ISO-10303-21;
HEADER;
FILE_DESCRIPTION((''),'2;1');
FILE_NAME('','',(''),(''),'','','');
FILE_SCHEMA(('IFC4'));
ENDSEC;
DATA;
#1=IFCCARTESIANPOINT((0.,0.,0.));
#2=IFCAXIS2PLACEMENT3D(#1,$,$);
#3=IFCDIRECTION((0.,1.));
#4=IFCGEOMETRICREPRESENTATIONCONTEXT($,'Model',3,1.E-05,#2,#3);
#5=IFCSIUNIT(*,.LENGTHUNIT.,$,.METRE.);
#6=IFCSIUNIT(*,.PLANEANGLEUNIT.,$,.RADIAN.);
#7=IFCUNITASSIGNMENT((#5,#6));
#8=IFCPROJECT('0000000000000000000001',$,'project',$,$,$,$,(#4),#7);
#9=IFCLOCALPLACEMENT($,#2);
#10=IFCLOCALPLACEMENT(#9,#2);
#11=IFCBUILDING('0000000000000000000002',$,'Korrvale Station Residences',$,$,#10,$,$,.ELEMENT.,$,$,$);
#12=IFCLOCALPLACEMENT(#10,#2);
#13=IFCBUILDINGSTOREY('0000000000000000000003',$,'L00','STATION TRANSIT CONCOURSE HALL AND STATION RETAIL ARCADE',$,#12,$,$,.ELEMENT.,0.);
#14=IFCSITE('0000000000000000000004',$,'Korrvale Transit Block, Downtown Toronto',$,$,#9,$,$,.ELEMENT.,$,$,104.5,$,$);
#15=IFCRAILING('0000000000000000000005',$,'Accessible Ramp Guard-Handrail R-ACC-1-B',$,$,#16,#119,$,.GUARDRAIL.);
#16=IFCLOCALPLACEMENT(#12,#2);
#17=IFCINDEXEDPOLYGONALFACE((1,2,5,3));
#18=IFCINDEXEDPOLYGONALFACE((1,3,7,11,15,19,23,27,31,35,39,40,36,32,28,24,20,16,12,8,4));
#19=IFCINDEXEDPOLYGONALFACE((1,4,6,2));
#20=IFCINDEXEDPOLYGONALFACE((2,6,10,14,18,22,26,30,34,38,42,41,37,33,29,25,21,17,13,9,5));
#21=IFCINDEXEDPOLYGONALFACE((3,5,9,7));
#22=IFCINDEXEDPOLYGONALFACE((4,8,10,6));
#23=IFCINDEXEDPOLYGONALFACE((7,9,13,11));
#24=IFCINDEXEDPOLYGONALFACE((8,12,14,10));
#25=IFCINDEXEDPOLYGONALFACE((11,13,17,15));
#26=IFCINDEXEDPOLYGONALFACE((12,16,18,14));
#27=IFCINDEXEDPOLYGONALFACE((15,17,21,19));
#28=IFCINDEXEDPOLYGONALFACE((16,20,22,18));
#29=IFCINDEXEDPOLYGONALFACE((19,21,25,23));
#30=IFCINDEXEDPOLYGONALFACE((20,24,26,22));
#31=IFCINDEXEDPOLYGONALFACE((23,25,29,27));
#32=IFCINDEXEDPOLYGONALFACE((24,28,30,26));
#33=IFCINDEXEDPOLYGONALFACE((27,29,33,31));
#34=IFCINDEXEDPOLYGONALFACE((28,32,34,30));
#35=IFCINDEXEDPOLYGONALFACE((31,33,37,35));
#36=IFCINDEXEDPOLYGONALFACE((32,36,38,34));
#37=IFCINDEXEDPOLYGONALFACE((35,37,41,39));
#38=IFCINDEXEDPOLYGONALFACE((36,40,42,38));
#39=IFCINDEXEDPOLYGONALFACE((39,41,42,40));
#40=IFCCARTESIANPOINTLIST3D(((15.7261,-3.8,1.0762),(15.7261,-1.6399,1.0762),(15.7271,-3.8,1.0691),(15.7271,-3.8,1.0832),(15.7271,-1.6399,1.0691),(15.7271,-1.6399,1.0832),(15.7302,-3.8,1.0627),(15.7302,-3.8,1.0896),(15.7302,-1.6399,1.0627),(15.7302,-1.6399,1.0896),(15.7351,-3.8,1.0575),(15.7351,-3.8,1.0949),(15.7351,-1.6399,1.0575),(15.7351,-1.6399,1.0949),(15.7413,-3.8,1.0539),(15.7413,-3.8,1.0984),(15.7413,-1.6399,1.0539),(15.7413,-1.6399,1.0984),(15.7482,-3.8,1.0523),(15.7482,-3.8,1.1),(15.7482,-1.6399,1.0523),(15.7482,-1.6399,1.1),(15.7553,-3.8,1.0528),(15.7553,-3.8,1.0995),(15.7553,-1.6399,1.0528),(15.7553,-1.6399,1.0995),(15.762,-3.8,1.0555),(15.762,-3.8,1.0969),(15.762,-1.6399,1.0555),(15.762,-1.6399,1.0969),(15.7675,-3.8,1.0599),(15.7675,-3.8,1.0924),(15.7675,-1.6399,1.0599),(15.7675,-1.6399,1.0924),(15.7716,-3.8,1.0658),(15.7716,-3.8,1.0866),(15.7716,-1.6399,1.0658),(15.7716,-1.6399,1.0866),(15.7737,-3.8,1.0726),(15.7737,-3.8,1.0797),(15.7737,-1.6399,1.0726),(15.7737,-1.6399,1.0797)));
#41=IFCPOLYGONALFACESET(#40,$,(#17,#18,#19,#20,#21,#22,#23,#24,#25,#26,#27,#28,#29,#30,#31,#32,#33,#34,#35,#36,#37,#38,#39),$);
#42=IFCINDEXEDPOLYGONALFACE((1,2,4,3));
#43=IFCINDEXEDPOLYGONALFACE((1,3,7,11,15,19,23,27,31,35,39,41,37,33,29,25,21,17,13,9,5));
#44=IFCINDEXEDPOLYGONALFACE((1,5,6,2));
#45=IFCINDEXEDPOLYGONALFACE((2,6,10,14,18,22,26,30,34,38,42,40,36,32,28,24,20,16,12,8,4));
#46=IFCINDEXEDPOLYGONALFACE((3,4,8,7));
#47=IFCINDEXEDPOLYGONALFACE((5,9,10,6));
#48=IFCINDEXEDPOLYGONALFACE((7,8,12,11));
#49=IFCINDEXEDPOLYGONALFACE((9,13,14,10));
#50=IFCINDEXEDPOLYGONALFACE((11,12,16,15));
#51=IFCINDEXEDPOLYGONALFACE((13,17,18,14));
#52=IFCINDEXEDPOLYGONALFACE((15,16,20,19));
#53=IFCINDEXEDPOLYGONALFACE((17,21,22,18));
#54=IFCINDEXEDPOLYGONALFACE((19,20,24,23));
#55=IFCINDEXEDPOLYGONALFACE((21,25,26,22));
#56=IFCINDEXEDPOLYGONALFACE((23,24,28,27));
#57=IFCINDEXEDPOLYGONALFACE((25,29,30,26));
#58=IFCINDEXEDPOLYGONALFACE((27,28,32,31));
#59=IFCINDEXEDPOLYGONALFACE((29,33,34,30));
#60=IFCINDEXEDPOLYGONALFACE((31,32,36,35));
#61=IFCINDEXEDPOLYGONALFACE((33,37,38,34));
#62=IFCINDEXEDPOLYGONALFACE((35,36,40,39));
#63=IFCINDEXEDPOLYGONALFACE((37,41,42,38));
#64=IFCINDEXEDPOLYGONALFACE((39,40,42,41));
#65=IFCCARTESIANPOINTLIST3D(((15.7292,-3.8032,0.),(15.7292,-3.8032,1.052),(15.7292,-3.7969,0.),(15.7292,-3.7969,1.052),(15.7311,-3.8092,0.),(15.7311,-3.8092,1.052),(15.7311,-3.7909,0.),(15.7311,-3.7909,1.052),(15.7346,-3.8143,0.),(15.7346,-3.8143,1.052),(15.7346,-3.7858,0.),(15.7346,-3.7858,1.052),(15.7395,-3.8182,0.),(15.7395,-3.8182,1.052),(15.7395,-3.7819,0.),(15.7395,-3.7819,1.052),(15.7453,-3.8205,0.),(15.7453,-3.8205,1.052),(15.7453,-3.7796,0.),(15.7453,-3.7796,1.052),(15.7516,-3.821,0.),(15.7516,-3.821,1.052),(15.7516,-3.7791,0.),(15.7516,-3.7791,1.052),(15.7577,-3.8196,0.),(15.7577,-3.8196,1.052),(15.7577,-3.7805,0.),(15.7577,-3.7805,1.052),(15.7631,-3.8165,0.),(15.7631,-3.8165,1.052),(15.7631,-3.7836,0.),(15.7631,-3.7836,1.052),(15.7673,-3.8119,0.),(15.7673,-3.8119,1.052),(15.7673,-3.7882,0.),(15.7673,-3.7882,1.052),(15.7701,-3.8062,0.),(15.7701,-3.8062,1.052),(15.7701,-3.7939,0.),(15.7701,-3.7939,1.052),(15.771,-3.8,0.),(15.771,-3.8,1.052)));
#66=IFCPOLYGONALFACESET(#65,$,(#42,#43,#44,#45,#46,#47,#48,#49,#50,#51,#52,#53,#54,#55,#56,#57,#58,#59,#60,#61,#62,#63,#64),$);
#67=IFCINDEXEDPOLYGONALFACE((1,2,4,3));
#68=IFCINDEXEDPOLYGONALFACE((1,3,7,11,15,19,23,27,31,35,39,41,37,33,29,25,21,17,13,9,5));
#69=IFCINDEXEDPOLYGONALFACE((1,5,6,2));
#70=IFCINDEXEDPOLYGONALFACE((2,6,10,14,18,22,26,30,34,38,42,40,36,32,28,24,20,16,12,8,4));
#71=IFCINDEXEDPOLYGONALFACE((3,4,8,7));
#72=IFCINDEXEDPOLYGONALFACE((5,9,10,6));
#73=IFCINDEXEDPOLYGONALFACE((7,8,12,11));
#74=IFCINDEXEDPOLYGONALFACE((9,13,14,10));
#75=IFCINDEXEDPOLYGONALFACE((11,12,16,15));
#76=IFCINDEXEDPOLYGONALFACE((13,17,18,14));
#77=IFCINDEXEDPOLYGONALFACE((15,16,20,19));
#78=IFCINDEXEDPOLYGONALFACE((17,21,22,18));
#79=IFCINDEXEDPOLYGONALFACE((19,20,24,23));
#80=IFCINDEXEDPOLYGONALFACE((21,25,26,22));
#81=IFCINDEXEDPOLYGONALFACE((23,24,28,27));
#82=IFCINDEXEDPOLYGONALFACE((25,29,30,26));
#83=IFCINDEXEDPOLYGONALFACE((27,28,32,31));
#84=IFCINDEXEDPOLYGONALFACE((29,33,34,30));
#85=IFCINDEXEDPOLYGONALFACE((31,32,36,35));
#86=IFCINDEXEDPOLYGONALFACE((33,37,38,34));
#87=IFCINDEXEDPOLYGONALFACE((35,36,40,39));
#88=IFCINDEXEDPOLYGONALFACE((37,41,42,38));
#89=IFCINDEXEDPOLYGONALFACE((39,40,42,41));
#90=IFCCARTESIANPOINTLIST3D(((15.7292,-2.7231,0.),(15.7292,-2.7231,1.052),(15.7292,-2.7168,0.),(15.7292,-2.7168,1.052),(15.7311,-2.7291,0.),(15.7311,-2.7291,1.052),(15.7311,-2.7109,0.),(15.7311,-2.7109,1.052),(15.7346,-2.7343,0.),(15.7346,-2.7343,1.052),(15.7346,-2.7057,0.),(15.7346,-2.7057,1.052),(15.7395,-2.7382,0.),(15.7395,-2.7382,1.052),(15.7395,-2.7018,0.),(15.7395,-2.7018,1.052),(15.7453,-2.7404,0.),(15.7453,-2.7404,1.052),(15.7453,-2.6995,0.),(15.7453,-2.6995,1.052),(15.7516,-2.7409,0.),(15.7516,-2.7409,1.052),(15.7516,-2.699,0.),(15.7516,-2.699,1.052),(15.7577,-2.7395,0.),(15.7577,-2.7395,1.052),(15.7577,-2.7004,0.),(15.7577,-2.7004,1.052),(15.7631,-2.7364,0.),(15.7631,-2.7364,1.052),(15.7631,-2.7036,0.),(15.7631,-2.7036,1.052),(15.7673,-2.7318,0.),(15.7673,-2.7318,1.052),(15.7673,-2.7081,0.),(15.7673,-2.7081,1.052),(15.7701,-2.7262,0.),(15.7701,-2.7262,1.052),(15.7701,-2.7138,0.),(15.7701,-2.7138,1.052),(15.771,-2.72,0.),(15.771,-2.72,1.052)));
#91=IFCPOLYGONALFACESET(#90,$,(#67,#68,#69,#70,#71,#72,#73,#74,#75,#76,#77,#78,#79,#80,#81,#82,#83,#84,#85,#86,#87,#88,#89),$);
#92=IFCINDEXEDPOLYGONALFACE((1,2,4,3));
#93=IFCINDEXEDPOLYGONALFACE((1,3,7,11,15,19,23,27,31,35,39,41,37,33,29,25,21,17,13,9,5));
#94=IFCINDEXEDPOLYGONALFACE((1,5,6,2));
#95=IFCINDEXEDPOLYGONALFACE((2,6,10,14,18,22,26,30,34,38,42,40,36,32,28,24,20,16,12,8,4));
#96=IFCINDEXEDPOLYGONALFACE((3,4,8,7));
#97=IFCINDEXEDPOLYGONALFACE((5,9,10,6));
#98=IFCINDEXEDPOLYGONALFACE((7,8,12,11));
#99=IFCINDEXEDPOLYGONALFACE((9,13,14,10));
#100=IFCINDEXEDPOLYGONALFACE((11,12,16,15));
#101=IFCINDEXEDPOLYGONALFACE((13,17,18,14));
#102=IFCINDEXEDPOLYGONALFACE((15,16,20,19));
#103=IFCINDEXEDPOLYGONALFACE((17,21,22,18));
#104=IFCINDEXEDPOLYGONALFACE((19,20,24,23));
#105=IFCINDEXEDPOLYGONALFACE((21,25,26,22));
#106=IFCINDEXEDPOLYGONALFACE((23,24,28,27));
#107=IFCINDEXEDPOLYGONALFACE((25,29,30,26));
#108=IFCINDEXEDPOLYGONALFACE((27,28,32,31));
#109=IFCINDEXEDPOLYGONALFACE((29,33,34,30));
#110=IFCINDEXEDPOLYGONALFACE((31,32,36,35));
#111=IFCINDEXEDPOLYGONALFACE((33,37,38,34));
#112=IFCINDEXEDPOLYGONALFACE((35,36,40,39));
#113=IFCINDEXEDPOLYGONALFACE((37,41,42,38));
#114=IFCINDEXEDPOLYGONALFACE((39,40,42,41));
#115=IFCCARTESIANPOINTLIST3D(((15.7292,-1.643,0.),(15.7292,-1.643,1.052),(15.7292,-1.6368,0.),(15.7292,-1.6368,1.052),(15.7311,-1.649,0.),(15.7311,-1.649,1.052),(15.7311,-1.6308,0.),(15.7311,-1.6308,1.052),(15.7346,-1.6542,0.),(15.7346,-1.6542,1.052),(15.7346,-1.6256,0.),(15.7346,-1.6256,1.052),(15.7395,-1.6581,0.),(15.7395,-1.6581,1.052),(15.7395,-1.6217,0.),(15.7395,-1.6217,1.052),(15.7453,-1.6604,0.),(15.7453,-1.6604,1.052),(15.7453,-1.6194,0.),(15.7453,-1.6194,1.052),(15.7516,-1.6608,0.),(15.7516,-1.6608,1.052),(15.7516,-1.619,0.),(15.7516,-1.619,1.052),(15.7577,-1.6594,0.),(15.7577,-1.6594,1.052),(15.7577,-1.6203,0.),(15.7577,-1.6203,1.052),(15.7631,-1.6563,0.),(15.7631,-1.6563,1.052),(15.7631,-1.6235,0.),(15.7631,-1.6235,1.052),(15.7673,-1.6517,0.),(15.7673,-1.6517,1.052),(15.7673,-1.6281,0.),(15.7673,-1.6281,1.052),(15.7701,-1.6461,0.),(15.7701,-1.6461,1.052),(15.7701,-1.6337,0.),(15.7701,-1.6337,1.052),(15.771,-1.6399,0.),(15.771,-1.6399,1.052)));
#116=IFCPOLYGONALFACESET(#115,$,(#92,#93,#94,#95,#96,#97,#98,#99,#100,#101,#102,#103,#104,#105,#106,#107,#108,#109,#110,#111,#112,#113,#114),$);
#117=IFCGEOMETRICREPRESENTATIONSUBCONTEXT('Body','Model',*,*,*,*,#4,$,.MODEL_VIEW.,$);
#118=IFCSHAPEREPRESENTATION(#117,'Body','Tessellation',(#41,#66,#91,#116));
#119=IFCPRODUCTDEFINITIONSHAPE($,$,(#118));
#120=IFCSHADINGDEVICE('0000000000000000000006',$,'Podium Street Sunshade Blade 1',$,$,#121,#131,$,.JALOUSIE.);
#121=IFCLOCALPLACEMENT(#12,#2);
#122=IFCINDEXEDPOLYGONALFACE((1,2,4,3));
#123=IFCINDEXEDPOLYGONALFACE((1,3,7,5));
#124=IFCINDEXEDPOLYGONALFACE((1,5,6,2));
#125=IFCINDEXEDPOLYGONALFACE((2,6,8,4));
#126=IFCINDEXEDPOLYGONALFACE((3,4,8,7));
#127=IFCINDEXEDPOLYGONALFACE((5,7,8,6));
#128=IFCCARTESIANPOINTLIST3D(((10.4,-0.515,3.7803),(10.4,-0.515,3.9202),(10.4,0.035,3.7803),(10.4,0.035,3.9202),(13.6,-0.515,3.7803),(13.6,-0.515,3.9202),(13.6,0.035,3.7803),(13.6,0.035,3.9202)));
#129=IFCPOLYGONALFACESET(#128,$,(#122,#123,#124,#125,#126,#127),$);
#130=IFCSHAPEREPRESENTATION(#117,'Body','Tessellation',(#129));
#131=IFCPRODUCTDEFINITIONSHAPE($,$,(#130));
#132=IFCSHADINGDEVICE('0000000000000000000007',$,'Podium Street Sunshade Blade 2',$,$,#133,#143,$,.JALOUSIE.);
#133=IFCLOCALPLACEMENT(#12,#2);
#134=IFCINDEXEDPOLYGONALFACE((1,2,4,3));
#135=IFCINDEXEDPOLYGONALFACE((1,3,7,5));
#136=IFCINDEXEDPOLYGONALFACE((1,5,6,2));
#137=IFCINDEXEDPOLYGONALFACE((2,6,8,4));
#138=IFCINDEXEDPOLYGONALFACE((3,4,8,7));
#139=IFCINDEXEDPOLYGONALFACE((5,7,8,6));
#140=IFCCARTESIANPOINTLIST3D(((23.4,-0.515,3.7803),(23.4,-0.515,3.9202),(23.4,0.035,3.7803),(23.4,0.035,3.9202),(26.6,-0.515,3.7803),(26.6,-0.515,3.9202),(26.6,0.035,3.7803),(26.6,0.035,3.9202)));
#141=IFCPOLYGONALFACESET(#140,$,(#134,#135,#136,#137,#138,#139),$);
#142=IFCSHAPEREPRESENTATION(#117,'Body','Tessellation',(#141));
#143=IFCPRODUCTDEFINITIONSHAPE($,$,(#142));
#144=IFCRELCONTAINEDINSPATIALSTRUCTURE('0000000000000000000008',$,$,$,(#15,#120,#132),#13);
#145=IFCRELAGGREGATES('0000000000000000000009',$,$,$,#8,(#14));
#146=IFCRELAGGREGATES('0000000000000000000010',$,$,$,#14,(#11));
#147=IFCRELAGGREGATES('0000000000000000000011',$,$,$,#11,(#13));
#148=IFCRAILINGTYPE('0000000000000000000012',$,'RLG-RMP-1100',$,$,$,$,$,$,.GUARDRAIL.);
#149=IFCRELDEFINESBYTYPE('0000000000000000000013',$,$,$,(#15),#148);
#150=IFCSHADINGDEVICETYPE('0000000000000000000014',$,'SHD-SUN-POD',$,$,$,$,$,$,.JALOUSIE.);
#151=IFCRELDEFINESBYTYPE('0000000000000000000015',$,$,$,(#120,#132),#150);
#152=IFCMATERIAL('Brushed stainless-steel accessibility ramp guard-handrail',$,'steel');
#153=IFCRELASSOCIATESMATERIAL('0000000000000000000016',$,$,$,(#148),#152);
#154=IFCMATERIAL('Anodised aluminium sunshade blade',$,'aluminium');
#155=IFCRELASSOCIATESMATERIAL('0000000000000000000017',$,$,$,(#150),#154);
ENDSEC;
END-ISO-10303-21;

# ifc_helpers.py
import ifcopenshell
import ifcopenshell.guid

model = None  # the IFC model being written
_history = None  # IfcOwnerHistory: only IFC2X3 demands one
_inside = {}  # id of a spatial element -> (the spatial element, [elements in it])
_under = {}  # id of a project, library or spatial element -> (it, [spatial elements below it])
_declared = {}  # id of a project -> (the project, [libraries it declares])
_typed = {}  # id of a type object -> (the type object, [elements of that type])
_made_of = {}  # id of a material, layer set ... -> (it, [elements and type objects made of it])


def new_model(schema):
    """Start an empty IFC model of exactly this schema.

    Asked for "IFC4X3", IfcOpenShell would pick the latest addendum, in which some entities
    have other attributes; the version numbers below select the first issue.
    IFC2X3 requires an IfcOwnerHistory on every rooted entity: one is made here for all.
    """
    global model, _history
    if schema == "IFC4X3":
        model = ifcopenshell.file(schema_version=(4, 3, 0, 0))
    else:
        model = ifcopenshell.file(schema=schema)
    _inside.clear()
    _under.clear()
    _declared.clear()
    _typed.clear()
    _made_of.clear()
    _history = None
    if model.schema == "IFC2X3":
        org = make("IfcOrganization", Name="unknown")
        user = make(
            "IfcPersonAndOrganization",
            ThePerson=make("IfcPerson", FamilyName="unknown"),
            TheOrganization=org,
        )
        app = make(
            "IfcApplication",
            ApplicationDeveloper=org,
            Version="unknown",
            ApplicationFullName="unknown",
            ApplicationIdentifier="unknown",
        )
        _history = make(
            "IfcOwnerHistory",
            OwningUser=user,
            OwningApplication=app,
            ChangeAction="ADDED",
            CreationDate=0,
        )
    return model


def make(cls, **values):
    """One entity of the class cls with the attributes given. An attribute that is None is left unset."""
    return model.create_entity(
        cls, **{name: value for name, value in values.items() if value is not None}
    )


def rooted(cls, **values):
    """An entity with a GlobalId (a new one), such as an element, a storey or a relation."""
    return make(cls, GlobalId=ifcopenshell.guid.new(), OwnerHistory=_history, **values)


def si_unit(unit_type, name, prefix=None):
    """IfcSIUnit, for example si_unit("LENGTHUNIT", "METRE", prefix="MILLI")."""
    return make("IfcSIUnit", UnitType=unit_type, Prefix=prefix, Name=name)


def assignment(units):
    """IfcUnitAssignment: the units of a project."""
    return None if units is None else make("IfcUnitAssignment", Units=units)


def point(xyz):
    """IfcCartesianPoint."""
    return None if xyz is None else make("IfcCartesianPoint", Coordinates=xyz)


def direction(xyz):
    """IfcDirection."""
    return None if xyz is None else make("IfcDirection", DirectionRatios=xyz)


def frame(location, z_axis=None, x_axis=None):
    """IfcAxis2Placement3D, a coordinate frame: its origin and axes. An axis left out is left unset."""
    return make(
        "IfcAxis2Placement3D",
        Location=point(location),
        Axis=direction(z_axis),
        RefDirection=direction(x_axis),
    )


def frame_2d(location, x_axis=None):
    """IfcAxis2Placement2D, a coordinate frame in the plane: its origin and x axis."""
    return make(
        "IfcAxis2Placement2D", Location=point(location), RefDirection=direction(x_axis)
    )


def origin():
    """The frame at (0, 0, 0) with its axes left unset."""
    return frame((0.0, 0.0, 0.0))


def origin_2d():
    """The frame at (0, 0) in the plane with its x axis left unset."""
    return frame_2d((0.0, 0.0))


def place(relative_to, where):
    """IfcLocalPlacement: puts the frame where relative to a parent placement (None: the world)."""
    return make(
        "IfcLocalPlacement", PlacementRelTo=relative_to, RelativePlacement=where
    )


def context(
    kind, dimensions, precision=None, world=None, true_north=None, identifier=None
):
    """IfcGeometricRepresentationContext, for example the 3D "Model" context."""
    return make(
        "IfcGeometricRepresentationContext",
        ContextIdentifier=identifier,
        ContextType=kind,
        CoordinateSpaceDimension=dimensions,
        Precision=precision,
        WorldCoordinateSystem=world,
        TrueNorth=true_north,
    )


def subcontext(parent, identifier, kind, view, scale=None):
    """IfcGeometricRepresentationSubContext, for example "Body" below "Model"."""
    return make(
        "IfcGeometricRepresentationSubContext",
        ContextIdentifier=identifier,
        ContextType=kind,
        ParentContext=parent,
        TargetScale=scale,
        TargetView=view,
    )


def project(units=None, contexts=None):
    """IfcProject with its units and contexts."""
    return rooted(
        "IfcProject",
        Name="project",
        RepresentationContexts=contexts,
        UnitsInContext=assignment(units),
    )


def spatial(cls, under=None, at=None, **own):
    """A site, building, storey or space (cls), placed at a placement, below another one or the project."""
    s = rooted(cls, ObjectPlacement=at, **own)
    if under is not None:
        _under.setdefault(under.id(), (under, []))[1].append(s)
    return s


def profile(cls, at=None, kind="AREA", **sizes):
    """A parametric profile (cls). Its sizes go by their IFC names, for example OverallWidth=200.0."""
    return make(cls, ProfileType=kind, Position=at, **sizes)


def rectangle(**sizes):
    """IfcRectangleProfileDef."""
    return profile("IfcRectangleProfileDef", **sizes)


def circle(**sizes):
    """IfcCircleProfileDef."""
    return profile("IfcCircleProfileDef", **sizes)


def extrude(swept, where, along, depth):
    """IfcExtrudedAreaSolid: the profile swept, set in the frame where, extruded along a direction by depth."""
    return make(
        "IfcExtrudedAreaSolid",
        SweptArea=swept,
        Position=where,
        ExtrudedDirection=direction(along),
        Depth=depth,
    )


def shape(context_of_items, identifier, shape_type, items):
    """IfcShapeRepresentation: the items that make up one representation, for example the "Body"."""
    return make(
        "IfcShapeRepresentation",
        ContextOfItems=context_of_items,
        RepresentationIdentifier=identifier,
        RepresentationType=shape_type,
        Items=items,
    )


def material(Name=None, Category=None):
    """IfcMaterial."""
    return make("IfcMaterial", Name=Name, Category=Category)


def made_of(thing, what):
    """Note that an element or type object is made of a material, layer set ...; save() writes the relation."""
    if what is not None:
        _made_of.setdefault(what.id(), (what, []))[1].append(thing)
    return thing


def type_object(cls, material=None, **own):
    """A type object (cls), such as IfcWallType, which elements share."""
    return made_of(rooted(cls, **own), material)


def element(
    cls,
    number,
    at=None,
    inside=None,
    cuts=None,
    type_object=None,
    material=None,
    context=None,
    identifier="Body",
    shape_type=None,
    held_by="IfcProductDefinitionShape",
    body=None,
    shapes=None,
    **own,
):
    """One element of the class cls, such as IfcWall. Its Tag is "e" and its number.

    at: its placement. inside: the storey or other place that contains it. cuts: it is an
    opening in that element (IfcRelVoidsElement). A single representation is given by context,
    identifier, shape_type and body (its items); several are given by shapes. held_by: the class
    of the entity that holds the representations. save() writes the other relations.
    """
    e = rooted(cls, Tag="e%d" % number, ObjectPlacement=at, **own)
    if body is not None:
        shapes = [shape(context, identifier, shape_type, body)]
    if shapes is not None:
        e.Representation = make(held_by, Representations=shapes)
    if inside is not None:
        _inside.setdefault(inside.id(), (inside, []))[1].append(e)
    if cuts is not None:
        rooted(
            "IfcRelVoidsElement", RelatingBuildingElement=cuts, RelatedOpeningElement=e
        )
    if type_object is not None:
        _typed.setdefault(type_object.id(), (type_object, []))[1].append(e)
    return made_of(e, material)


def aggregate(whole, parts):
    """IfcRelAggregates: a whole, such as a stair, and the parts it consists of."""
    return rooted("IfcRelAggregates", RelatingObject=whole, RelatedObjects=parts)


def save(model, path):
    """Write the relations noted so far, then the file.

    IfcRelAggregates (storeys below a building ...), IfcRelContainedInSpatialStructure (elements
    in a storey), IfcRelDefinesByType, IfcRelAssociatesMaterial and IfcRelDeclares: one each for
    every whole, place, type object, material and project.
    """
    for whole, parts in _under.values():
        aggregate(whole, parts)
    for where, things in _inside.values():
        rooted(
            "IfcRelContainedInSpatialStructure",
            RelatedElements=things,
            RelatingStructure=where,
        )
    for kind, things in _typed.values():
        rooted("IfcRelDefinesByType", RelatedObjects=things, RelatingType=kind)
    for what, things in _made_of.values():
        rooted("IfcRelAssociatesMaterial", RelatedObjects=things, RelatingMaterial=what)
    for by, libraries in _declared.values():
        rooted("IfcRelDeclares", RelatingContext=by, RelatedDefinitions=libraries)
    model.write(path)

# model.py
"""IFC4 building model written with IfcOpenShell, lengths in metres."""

from ifc_helpers import new_model, si_unit, direction, frame, origin, origin_2d, place, context, subcontext, project, spatial, rectangle, circle, extrude, material, type_object, element, save


model = new_model("IFC4")

# Units and contexts
model_context = context("Model", 3, precision=1e-05, world=origin(), true_north=direction((0.0, 1.0)))
body_context = subcontext(model_context, "Body", "Model", "MODEL_VIEW")
ifc_project = project(units=[si_unit("LENGTHUNIT", "METRE"), si_unit("PLANEANGLEUNIT", "RADIAN")], contexts=[model_context])

# Site, building, storey
site_placement = place(None, origin())
site = spatial("IfcSite", under=ifc_project, at=site_placement, Name="Korrvale Transit Block, Downtown Toronto", CompositionType="ELEMENT", RefElevation=104.5)
building_placement = place(site_placement, origin())
building = spatial("IfcBuilding", under=site, at=building_placement, Name="Korrvale Station Residences", CompositionType="ELEMENT")
storey_placement = place(building_placement, origin())
storey = spatial("IfcBuildingStorey", under=building, at=storey_placement, Name="L00", Description="STATION TRANSIT CONCOURSE HALL AND STATION RETAIL ARCADE", CompositionType="ELEMENT", Elevation=0.0)

# Railing
ifc_material_1 = material(Name="Brushed stainless-steel accessibility ramp guard-handrail", Category="steel")
railing_type = type_object("IfcRailingType", Name="RLG-RMP-1100", PredefinedType="GUARDRAIL", material=ifc_material_1)
for number, where, name in (
    (1, (15.75, -3.8, 0.0), "Accessible Ramp Guard-Handrail R-ACC-1-B"),
):
    element("IfcRailing", number, at=place(storey_placement, frame(where)), inside=storey, type_object=railing_type, Name=name, PredefinedType="GUARDRAIL", context=body_context, shape_type="SweptSolid", body=[
        extrude(circle(Radius=0.0239, at=origin_2d()), frame((0.0, 0.0, 1.0762), z_axis=(0.0, 1.0, 0.0), x_axis=(-1.0, 0.0, 0.0)), (0.0, 0.0, 1.0), 2.1602),
        extrude(circle(Radius=0.021, at=origin_2d()), origin(), (0.0, 0.0, 1.0), 1.052),
        extrude(circle(Radius=0.021, at=origin_2d()), frame((0.0, 1.0801, 0.0)), (0.0, 0.0, 1.0), 1.052),
        extrude(circle(Radius=0.021, at=origin_2d()), frame((0.0, 2.1602, 0.0)), (0.0, 0.0, 1.0), 1.052),
    ])

# Shading devices
ifc_material_2 = material(Name="Anodised aluminium sunshade blade", Category="aluminium")
shading_device_type = type_object("IfcShadingDeviceType", Name="SHD-SUN-POD", PredefinedType="JALOUSIE", material=ifc_material_2)
for number, where, z_axis, x_axis, name in (
    (2, (12.0, -0.24, 3.7803), (0.0, 0.0, 1.0), (1.0, 0.0, 0.0), "Podium Street Sunshade Blade 1"),
    (3, (25.0, -0.24, 3.7803), (0.0, 0.0, 1.0), (1.0, 0.0, 0.0), "Podium Street Sunshade Blade 2"),
):
    element("IfcShadingDevice", number, at=place(storey_placement, frame(where, z_axis=z_axis, x_axis=x_axis)), inside=storey, type_object=shading_device_type, Name=name, PredefinedType="JALOUSIE", context=body_context, shape_type="SweptSolid", body=[
        extrude(rectangle(XDim=3.2, YDim=0.55, at=origin_2d()), origin(), (0.0, 0.0, 1.0), 0.1399),
    ])

save(model, "model.ifc")
